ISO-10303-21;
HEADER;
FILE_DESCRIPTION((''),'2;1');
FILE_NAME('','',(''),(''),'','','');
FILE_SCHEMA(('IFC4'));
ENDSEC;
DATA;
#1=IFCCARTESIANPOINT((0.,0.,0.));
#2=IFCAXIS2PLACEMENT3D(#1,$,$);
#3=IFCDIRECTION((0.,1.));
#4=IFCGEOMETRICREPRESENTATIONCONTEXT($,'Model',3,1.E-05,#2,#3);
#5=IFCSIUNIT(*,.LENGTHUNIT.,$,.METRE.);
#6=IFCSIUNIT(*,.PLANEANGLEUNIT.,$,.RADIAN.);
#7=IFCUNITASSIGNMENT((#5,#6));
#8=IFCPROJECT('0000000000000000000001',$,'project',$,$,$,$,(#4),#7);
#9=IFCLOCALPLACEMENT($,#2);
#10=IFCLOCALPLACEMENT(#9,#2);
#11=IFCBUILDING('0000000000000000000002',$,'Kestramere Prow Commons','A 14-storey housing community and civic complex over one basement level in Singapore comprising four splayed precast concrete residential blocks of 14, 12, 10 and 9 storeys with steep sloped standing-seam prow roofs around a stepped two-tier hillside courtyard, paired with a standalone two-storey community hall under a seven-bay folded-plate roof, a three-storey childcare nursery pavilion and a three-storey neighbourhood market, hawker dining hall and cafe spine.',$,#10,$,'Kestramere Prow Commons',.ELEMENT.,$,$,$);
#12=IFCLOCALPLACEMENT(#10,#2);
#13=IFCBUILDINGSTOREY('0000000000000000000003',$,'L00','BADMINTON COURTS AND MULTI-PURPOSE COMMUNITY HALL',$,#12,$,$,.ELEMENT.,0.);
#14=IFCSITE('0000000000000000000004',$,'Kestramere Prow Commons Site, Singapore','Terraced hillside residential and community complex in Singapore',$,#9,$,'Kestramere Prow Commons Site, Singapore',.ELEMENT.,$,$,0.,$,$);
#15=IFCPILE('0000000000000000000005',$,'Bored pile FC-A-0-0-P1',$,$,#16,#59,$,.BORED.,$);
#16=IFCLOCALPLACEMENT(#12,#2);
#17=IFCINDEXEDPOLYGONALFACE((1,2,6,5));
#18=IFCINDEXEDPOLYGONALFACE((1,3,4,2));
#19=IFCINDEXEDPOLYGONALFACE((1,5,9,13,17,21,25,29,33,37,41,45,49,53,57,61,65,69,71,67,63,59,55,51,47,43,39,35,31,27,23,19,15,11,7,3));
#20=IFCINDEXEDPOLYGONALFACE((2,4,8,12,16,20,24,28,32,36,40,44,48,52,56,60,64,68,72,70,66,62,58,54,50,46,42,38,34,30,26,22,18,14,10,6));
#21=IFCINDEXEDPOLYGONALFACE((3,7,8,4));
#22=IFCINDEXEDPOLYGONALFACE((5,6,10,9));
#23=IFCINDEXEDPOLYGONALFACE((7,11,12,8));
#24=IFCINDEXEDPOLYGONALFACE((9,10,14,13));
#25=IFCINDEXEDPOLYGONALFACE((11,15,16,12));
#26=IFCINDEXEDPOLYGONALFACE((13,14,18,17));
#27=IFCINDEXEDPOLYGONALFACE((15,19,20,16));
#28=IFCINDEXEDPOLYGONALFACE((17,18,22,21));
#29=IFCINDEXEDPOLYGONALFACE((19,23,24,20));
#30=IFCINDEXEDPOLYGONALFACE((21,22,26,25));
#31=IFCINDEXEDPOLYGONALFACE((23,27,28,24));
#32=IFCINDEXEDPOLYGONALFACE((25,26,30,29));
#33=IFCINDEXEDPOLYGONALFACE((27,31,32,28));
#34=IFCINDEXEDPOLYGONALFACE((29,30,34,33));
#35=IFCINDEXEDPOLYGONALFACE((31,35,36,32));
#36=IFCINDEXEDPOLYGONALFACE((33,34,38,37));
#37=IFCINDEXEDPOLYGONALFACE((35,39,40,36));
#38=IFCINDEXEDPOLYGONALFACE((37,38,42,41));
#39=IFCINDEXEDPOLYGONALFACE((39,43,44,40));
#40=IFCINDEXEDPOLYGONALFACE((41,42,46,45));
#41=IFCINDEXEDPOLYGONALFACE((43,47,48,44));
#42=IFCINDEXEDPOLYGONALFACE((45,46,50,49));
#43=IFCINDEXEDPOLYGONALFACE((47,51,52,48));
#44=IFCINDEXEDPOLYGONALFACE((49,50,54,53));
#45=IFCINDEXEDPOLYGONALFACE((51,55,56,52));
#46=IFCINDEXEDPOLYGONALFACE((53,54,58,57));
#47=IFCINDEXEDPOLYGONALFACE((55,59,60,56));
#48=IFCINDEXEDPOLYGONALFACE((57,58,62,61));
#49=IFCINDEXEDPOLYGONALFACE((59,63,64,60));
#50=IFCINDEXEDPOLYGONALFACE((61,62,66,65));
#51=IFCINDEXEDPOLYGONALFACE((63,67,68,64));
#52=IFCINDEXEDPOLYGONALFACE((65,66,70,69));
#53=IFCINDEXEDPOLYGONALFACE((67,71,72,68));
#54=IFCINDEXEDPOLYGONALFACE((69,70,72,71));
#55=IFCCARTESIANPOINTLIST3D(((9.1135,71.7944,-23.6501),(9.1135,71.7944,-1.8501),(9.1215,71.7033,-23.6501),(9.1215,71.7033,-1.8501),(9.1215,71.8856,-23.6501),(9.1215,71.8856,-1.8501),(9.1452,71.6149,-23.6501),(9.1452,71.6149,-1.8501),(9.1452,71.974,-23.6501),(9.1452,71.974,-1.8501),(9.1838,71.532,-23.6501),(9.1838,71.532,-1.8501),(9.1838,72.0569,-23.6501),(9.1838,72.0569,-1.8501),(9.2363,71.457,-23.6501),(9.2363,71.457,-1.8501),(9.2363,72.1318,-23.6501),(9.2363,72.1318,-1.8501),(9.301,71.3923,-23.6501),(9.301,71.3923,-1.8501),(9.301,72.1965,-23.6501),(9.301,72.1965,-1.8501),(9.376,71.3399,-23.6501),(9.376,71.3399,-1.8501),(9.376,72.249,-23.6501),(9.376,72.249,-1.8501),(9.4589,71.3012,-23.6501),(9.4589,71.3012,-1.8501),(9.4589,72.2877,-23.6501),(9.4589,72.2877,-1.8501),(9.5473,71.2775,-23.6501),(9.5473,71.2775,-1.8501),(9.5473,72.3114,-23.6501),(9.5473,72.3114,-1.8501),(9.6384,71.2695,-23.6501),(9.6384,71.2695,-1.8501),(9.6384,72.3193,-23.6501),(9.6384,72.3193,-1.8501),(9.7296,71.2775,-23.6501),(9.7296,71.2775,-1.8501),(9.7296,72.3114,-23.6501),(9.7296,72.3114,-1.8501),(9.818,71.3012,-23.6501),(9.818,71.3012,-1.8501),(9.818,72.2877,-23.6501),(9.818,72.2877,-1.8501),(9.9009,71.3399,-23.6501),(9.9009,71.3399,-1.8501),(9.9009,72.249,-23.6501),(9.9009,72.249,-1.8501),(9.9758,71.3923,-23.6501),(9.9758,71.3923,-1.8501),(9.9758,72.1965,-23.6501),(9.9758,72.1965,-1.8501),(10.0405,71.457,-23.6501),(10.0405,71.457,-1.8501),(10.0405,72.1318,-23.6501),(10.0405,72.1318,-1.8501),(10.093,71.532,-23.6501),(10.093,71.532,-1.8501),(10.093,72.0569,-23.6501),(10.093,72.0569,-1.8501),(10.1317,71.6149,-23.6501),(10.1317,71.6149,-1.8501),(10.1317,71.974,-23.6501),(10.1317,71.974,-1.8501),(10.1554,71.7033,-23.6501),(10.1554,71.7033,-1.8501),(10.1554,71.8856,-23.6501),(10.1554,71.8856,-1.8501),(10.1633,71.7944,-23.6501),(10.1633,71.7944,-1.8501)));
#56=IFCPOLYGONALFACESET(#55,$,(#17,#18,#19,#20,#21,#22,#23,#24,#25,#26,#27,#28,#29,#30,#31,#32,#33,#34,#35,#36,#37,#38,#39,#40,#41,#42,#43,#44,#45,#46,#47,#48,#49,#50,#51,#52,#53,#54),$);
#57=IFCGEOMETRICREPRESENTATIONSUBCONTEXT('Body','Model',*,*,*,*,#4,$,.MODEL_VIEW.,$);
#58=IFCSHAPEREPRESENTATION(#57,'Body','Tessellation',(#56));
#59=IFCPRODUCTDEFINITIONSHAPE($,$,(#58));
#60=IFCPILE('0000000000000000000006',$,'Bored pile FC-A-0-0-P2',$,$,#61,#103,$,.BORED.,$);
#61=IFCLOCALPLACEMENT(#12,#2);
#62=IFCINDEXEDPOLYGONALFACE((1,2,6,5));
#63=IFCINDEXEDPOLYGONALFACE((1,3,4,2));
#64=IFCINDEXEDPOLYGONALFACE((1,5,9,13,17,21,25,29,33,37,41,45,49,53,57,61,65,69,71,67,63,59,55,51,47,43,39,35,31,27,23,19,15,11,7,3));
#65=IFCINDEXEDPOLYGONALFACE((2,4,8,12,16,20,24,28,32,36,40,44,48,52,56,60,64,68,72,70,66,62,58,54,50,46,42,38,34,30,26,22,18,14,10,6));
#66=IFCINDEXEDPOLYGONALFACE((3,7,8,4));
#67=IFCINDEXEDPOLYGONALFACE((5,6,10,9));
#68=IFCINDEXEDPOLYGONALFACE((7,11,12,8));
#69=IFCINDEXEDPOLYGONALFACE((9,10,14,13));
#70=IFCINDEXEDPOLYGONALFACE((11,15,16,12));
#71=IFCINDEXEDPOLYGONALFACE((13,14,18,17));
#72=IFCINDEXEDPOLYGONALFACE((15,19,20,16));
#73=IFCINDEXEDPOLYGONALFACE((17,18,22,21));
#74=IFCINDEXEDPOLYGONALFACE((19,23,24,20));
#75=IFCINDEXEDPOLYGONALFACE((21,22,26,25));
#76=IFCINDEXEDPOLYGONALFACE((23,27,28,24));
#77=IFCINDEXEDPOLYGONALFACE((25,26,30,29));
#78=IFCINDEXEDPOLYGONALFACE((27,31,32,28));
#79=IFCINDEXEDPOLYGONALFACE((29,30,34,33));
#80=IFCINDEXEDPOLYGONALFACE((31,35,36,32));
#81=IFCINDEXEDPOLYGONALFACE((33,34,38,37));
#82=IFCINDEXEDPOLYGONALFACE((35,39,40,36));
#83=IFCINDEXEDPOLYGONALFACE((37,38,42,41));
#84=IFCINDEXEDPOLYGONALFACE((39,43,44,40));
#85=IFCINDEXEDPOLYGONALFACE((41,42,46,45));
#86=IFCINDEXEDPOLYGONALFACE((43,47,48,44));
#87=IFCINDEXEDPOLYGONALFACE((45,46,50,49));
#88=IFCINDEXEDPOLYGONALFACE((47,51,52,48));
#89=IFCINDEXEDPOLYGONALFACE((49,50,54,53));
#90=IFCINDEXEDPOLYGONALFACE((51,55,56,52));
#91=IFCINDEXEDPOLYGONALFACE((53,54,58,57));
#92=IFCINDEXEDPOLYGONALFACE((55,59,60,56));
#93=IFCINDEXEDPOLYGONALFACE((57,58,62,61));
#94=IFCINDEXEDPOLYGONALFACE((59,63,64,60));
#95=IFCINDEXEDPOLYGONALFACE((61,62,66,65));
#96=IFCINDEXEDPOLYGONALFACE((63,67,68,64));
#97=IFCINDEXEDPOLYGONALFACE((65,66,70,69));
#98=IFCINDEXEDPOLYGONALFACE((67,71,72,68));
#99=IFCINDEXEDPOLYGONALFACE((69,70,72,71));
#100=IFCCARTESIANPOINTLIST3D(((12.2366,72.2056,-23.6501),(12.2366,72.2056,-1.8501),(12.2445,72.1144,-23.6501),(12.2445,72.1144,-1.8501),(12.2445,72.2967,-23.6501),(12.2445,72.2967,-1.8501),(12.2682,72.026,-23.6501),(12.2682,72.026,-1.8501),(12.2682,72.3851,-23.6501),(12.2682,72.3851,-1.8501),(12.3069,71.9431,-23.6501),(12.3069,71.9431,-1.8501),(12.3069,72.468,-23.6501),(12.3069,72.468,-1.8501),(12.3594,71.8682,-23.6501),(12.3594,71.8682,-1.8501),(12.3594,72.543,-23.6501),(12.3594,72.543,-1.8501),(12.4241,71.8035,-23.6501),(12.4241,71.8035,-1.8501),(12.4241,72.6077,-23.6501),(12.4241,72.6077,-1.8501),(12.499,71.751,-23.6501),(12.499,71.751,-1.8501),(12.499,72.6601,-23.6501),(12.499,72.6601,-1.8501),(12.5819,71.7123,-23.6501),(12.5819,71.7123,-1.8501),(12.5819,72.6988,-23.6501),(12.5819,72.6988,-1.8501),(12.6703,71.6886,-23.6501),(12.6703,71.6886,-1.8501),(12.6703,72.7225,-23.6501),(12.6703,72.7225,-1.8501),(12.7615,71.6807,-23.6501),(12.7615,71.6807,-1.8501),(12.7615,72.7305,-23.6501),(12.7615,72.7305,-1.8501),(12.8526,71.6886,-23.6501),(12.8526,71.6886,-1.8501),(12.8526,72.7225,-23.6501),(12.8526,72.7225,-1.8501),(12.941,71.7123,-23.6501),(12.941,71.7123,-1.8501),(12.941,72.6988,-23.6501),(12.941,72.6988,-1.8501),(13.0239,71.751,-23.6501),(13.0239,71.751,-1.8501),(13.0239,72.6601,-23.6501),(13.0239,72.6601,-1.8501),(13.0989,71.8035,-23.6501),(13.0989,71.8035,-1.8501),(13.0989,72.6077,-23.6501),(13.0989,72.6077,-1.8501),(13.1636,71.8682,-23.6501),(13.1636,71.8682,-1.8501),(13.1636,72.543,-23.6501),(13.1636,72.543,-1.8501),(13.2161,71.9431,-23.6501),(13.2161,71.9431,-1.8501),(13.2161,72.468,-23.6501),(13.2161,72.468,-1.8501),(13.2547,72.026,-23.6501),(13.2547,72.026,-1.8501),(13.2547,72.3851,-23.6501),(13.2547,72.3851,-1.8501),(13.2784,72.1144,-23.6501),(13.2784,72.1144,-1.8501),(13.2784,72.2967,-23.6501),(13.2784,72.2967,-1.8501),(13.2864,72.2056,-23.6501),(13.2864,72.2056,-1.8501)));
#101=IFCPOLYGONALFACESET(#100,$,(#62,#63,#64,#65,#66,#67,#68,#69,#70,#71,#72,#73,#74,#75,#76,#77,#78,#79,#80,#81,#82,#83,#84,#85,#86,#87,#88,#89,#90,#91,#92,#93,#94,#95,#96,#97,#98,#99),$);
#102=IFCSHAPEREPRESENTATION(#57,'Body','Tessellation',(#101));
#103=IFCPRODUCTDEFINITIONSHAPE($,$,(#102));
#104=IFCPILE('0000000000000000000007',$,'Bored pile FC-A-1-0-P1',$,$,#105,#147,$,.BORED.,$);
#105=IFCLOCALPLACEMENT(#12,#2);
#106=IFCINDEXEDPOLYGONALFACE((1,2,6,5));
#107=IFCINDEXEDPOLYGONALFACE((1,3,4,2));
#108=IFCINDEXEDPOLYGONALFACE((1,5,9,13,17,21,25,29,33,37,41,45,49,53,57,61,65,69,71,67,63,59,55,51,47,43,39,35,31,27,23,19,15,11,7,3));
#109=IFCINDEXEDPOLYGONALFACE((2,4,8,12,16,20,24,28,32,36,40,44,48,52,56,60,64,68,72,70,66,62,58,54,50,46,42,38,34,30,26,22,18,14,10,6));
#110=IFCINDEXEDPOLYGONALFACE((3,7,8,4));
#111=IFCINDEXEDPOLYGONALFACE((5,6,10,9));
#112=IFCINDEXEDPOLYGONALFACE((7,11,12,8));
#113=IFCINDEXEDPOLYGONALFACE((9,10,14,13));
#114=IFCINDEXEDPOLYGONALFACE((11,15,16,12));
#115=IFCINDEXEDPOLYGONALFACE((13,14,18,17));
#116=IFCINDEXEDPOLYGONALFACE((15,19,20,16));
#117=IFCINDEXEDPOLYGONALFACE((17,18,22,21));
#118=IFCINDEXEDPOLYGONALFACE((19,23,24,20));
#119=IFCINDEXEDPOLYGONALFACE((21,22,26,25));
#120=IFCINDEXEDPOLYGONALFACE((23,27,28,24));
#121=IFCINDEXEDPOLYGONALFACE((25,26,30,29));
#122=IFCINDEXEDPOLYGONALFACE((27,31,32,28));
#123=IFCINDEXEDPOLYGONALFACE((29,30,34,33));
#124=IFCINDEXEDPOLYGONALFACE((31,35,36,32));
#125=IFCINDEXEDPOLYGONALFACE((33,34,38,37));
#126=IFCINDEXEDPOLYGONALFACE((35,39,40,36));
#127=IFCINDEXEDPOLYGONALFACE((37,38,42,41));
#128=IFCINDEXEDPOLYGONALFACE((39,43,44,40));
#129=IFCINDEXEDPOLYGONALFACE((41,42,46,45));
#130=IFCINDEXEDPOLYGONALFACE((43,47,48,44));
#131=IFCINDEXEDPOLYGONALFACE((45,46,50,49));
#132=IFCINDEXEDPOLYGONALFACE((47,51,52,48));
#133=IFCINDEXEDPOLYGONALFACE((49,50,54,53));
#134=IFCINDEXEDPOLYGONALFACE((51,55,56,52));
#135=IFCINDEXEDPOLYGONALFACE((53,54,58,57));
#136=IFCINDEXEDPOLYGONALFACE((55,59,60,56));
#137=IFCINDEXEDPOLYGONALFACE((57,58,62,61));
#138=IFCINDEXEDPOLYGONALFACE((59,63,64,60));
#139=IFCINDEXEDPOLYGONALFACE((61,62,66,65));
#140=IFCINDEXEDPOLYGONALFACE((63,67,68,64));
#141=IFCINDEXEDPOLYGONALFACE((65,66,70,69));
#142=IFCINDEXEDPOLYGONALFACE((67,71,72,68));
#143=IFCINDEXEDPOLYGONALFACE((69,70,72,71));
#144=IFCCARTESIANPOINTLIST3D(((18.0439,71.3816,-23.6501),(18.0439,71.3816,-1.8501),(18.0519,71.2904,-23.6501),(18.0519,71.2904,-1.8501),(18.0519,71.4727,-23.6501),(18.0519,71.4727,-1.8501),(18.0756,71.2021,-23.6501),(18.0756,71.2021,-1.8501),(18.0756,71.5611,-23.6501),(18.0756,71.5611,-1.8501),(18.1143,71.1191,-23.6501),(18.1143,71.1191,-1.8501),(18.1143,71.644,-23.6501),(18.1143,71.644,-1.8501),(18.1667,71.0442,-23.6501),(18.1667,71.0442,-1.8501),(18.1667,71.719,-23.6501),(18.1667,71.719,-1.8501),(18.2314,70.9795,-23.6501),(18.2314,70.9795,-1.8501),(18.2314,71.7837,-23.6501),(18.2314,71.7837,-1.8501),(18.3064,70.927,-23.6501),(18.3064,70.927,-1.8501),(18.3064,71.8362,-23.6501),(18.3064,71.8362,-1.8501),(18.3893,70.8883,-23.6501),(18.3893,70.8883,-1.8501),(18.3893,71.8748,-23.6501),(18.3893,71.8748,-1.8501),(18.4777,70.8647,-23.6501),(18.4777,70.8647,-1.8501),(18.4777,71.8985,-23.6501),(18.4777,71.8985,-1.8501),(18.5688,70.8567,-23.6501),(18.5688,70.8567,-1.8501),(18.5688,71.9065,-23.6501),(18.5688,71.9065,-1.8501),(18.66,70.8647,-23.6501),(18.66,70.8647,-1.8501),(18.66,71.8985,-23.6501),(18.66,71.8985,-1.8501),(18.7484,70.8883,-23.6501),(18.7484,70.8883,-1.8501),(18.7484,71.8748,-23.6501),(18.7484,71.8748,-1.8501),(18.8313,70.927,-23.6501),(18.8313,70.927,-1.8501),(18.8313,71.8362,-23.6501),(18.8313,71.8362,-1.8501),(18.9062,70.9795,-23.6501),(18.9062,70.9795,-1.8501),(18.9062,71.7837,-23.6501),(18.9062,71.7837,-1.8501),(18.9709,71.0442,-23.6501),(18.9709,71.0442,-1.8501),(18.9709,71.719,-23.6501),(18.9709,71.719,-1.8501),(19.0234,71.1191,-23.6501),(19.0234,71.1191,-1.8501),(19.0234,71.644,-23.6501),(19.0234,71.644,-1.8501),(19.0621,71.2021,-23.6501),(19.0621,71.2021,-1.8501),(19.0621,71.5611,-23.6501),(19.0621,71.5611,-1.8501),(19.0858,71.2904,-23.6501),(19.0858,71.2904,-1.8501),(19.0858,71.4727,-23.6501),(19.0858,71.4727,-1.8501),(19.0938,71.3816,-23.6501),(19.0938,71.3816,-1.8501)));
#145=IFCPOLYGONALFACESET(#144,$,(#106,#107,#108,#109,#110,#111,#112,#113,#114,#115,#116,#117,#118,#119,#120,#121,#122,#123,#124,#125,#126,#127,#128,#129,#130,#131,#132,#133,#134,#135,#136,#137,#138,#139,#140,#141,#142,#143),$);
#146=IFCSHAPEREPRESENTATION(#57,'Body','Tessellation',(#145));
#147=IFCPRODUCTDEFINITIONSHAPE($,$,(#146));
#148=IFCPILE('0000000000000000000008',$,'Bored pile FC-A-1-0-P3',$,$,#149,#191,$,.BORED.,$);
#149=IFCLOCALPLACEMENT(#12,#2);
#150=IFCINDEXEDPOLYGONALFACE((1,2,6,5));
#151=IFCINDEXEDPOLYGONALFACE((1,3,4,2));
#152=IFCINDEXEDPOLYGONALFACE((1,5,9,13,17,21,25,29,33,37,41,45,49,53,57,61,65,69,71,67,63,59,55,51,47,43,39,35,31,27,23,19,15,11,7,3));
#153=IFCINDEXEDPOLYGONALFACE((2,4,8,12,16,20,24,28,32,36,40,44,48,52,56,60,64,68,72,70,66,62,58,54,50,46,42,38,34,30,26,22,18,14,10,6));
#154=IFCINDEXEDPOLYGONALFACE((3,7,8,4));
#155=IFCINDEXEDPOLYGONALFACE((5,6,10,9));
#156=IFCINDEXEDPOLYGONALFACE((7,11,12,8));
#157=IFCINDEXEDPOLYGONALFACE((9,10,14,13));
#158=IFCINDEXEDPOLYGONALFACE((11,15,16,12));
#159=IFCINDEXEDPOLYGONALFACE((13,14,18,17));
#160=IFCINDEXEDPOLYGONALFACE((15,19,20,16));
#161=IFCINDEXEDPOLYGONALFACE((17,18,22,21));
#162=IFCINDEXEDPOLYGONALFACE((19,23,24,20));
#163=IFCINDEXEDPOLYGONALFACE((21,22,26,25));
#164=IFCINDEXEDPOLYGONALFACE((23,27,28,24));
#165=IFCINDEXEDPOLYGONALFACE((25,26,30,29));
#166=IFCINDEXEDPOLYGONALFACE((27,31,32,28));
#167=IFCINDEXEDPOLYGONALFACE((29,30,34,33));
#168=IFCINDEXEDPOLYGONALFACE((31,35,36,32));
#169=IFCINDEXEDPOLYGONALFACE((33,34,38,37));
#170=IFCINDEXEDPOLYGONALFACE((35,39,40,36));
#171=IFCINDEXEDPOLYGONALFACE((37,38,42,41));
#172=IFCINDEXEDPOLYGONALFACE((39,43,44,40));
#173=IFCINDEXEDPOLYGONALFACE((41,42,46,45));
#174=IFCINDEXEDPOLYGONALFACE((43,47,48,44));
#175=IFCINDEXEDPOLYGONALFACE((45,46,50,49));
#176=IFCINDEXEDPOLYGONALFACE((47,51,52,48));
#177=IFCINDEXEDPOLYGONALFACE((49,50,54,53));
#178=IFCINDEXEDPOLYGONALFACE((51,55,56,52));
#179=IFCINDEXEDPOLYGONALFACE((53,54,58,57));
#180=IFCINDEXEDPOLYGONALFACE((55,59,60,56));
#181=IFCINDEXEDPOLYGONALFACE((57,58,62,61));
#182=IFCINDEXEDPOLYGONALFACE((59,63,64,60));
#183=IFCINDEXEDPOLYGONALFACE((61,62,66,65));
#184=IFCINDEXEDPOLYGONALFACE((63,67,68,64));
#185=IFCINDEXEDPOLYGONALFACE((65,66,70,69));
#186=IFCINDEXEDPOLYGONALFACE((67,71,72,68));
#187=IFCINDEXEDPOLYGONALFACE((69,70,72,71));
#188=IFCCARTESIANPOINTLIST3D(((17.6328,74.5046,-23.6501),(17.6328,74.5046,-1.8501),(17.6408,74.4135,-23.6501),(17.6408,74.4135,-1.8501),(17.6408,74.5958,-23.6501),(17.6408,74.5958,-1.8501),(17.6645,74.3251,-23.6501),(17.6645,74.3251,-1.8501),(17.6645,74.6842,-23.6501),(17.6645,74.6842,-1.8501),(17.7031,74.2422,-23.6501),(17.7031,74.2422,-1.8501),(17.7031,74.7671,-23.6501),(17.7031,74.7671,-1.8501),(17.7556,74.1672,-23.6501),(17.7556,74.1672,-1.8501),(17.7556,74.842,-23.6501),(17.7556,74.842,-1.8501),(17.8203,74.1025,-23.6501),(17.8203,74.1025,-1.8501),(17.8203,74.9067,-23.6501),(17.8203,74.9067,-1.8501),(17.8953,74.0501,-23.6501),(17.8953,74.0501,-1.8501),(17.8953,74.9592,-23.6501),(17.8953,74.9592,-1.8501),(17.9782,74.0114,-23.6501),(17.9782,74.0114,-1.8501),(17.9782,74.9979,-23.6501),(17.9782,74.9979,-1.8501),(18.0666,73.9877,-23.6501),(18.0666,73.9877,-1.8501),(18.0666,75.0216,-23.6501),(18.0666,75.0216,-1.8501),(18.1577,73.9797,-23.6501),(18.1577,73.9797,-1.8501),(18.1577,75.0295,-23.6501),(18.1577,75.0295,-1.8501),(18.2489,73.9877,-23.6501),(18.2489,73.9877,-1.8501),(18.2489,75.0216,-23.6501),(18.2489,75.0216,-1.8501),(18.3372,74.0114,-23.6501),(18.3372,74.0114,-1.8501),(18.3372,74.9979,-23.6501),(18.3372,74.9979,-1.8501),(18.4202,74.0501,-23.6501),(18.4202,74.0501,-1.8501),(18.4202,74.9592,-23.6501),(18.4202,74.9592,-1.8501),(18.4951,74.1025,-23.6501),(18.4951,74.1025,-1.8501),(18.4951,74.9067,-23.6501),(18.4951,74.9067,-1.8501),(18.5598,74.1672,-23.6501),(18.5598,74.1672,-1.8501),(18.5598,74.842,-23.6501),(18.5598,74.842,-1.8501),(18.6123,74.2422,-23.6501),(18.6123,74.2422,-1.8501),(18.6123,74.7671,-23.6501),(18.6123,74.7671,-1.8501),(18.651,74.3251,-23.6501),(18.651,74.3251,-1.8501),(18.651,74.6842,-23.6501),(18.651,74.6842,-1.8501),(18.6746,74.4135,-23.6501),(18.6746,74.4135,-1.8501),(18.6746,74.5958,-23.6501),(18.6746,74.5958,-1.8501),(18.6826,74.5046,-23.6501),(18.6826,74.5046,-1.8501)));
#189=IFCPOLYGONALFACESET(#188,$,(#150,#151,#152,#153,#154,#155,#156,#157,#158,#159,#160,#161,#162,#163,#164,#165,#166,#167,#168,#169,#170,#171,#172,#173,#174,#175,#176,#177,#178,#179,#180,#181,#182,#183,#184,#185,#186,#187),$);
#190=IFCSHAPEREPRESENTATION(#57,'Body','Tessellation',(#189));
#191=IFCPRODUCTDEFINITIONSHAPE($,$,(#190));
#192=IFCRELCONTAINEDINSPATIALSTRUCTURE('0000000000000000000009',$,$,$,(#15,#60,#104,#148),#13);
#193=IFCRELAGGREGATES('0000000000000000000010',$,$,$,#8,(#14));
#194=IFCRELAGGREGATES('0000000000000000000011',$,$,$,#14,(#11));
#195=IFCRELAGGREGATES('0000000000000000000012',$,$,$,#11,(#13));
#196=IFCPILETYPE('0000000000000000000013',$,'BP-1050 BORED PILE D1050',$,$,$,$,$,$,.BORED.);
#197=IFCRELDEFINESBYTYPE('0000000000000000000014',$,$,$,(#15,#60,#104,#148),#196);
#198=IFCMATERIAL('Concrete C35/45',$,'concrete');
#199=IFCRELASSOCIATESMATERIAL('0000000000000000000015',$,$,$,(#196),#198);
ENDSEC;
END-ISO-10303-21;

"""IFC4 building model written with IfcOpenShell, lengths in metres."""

from ifc_helpers import new_model, si_unit, direction, frame, origin, origin_2d, place, context, subcontext, project, spatial, circle, extrude, material, material_profile, profile_set, type_object, element, save


model = new_model("IFC4")

# Units and contexts
model_context = context("Model", 3, precision=1e-05, world=origin(), true_north=direction((0.0, 1.0)))
body_context = subcontext(model_context, "Body", "Model", "MODEL_VIEW")
ifc_project = project(units=[si_unit("LENGTHUNIT", "METRE"), si_unit("PLANEANGLEUNIT", "RADIAN")], contexts=[model_context])

# Site, building, storey
site_placement = place(None, origin())
site = spatial("IfcSite", under=ifc_project, at=site_placement, Name="Kestramere Prow Commons Site, Singapore", Description="Terraced hillside residential and community complex in Singapore", LongName="Kestramere Prow Commons Site, Singapore", CompositionType="ELEMENT", RefElevation=0.0)
building_placement = place(site_placement, origin())
building = spatial("IfcBuilding", under=site, at=building_placement, Name="Kestramere Prow Commons", Description="A 14-storey housing community and civic complex over one basement level in Singapore comprising four splayed precast concrete residential blocks of 14, 12, 10 and 9 storeys with steep sloped standing-seam prow roofs around a stepped two-tier hillside courtyard, paired with a standalone two-storey community hall under a seven-bay folded-plate roof, a three-storey childcare nursery pavilion and a three-storey neighbourhood market, hawker dining hall and cafe spine.", LongName="Kestramere Prow Commons", CompositionType="ELEMENT")
storey_placement = place(building_placement, origin())
storey = spatial("IfcBuildingStorey", under=building, at=storey_placement, Name="L00", Description="BADMINTON COURTS AND MULTI-PURPOSE COMMUNITY HALL", CompositionType="ELEMENT", Elevation=0.0)

# Piles
ifc_material_1 = material(Name="Concrete C35/45", Category="concrete")
ifc_material_profile_1 = material_profile(ifc_material_1, circle(Radius=0.5249, at=origin_2d()), Name="BORED PILE D1050")
ifc_profile_set_1 = profile_set([ifc_material_profile_1], Name="Concrete C35/45")
pile_type_1 = type_object("IfcPileType", Name="BP-1050 BORED PILE D1050", PredefinedType="BORED", material=ifc_profile_set_1)
for number, where, z_axis, x_axis, name in (
    (1, (9.6384, 71.7944, -1.8501), (0.0, 0.0, -1.0), (1.0, 0.0, 0.0), "Bored pile FC-A-0-0-P1"),
    (2, (12.7615, 72.2056, -1.8501), (0.0, 0.0, -1.0), (1.0, 0.0, 0.0), "Bored pile FC-A-0-0-P2"),
    (3, (18.5688, 71.3816, -1.8501), (0.0, 0.0, -1.0), (1.0, 0.0, 0.0), "Bored pile FC-A-1-0-P1"),
    (4, (18.1577, 74.5046, -1.8501), (0.0, 0.0, -1.0), (1.0, 0.0, 0.0), "Bored pile FC-A-1-0-P3"),
):
    element("IfcPile", number, at=place(storey_placement, frame(where, z_axis=z_axis, x_axis=x_axis)), inside=storey, type_object=pile_type_1, Name=name, PredefinedType="BORED", context=body_context, shape_type="SweptSolid", body=[
        extrude(circle(Radius=0.5249, at=origin_2d()), origin(), (0.0, 0.0, 1.0), 21.8),
    ])

save(model, "model.ifc")
